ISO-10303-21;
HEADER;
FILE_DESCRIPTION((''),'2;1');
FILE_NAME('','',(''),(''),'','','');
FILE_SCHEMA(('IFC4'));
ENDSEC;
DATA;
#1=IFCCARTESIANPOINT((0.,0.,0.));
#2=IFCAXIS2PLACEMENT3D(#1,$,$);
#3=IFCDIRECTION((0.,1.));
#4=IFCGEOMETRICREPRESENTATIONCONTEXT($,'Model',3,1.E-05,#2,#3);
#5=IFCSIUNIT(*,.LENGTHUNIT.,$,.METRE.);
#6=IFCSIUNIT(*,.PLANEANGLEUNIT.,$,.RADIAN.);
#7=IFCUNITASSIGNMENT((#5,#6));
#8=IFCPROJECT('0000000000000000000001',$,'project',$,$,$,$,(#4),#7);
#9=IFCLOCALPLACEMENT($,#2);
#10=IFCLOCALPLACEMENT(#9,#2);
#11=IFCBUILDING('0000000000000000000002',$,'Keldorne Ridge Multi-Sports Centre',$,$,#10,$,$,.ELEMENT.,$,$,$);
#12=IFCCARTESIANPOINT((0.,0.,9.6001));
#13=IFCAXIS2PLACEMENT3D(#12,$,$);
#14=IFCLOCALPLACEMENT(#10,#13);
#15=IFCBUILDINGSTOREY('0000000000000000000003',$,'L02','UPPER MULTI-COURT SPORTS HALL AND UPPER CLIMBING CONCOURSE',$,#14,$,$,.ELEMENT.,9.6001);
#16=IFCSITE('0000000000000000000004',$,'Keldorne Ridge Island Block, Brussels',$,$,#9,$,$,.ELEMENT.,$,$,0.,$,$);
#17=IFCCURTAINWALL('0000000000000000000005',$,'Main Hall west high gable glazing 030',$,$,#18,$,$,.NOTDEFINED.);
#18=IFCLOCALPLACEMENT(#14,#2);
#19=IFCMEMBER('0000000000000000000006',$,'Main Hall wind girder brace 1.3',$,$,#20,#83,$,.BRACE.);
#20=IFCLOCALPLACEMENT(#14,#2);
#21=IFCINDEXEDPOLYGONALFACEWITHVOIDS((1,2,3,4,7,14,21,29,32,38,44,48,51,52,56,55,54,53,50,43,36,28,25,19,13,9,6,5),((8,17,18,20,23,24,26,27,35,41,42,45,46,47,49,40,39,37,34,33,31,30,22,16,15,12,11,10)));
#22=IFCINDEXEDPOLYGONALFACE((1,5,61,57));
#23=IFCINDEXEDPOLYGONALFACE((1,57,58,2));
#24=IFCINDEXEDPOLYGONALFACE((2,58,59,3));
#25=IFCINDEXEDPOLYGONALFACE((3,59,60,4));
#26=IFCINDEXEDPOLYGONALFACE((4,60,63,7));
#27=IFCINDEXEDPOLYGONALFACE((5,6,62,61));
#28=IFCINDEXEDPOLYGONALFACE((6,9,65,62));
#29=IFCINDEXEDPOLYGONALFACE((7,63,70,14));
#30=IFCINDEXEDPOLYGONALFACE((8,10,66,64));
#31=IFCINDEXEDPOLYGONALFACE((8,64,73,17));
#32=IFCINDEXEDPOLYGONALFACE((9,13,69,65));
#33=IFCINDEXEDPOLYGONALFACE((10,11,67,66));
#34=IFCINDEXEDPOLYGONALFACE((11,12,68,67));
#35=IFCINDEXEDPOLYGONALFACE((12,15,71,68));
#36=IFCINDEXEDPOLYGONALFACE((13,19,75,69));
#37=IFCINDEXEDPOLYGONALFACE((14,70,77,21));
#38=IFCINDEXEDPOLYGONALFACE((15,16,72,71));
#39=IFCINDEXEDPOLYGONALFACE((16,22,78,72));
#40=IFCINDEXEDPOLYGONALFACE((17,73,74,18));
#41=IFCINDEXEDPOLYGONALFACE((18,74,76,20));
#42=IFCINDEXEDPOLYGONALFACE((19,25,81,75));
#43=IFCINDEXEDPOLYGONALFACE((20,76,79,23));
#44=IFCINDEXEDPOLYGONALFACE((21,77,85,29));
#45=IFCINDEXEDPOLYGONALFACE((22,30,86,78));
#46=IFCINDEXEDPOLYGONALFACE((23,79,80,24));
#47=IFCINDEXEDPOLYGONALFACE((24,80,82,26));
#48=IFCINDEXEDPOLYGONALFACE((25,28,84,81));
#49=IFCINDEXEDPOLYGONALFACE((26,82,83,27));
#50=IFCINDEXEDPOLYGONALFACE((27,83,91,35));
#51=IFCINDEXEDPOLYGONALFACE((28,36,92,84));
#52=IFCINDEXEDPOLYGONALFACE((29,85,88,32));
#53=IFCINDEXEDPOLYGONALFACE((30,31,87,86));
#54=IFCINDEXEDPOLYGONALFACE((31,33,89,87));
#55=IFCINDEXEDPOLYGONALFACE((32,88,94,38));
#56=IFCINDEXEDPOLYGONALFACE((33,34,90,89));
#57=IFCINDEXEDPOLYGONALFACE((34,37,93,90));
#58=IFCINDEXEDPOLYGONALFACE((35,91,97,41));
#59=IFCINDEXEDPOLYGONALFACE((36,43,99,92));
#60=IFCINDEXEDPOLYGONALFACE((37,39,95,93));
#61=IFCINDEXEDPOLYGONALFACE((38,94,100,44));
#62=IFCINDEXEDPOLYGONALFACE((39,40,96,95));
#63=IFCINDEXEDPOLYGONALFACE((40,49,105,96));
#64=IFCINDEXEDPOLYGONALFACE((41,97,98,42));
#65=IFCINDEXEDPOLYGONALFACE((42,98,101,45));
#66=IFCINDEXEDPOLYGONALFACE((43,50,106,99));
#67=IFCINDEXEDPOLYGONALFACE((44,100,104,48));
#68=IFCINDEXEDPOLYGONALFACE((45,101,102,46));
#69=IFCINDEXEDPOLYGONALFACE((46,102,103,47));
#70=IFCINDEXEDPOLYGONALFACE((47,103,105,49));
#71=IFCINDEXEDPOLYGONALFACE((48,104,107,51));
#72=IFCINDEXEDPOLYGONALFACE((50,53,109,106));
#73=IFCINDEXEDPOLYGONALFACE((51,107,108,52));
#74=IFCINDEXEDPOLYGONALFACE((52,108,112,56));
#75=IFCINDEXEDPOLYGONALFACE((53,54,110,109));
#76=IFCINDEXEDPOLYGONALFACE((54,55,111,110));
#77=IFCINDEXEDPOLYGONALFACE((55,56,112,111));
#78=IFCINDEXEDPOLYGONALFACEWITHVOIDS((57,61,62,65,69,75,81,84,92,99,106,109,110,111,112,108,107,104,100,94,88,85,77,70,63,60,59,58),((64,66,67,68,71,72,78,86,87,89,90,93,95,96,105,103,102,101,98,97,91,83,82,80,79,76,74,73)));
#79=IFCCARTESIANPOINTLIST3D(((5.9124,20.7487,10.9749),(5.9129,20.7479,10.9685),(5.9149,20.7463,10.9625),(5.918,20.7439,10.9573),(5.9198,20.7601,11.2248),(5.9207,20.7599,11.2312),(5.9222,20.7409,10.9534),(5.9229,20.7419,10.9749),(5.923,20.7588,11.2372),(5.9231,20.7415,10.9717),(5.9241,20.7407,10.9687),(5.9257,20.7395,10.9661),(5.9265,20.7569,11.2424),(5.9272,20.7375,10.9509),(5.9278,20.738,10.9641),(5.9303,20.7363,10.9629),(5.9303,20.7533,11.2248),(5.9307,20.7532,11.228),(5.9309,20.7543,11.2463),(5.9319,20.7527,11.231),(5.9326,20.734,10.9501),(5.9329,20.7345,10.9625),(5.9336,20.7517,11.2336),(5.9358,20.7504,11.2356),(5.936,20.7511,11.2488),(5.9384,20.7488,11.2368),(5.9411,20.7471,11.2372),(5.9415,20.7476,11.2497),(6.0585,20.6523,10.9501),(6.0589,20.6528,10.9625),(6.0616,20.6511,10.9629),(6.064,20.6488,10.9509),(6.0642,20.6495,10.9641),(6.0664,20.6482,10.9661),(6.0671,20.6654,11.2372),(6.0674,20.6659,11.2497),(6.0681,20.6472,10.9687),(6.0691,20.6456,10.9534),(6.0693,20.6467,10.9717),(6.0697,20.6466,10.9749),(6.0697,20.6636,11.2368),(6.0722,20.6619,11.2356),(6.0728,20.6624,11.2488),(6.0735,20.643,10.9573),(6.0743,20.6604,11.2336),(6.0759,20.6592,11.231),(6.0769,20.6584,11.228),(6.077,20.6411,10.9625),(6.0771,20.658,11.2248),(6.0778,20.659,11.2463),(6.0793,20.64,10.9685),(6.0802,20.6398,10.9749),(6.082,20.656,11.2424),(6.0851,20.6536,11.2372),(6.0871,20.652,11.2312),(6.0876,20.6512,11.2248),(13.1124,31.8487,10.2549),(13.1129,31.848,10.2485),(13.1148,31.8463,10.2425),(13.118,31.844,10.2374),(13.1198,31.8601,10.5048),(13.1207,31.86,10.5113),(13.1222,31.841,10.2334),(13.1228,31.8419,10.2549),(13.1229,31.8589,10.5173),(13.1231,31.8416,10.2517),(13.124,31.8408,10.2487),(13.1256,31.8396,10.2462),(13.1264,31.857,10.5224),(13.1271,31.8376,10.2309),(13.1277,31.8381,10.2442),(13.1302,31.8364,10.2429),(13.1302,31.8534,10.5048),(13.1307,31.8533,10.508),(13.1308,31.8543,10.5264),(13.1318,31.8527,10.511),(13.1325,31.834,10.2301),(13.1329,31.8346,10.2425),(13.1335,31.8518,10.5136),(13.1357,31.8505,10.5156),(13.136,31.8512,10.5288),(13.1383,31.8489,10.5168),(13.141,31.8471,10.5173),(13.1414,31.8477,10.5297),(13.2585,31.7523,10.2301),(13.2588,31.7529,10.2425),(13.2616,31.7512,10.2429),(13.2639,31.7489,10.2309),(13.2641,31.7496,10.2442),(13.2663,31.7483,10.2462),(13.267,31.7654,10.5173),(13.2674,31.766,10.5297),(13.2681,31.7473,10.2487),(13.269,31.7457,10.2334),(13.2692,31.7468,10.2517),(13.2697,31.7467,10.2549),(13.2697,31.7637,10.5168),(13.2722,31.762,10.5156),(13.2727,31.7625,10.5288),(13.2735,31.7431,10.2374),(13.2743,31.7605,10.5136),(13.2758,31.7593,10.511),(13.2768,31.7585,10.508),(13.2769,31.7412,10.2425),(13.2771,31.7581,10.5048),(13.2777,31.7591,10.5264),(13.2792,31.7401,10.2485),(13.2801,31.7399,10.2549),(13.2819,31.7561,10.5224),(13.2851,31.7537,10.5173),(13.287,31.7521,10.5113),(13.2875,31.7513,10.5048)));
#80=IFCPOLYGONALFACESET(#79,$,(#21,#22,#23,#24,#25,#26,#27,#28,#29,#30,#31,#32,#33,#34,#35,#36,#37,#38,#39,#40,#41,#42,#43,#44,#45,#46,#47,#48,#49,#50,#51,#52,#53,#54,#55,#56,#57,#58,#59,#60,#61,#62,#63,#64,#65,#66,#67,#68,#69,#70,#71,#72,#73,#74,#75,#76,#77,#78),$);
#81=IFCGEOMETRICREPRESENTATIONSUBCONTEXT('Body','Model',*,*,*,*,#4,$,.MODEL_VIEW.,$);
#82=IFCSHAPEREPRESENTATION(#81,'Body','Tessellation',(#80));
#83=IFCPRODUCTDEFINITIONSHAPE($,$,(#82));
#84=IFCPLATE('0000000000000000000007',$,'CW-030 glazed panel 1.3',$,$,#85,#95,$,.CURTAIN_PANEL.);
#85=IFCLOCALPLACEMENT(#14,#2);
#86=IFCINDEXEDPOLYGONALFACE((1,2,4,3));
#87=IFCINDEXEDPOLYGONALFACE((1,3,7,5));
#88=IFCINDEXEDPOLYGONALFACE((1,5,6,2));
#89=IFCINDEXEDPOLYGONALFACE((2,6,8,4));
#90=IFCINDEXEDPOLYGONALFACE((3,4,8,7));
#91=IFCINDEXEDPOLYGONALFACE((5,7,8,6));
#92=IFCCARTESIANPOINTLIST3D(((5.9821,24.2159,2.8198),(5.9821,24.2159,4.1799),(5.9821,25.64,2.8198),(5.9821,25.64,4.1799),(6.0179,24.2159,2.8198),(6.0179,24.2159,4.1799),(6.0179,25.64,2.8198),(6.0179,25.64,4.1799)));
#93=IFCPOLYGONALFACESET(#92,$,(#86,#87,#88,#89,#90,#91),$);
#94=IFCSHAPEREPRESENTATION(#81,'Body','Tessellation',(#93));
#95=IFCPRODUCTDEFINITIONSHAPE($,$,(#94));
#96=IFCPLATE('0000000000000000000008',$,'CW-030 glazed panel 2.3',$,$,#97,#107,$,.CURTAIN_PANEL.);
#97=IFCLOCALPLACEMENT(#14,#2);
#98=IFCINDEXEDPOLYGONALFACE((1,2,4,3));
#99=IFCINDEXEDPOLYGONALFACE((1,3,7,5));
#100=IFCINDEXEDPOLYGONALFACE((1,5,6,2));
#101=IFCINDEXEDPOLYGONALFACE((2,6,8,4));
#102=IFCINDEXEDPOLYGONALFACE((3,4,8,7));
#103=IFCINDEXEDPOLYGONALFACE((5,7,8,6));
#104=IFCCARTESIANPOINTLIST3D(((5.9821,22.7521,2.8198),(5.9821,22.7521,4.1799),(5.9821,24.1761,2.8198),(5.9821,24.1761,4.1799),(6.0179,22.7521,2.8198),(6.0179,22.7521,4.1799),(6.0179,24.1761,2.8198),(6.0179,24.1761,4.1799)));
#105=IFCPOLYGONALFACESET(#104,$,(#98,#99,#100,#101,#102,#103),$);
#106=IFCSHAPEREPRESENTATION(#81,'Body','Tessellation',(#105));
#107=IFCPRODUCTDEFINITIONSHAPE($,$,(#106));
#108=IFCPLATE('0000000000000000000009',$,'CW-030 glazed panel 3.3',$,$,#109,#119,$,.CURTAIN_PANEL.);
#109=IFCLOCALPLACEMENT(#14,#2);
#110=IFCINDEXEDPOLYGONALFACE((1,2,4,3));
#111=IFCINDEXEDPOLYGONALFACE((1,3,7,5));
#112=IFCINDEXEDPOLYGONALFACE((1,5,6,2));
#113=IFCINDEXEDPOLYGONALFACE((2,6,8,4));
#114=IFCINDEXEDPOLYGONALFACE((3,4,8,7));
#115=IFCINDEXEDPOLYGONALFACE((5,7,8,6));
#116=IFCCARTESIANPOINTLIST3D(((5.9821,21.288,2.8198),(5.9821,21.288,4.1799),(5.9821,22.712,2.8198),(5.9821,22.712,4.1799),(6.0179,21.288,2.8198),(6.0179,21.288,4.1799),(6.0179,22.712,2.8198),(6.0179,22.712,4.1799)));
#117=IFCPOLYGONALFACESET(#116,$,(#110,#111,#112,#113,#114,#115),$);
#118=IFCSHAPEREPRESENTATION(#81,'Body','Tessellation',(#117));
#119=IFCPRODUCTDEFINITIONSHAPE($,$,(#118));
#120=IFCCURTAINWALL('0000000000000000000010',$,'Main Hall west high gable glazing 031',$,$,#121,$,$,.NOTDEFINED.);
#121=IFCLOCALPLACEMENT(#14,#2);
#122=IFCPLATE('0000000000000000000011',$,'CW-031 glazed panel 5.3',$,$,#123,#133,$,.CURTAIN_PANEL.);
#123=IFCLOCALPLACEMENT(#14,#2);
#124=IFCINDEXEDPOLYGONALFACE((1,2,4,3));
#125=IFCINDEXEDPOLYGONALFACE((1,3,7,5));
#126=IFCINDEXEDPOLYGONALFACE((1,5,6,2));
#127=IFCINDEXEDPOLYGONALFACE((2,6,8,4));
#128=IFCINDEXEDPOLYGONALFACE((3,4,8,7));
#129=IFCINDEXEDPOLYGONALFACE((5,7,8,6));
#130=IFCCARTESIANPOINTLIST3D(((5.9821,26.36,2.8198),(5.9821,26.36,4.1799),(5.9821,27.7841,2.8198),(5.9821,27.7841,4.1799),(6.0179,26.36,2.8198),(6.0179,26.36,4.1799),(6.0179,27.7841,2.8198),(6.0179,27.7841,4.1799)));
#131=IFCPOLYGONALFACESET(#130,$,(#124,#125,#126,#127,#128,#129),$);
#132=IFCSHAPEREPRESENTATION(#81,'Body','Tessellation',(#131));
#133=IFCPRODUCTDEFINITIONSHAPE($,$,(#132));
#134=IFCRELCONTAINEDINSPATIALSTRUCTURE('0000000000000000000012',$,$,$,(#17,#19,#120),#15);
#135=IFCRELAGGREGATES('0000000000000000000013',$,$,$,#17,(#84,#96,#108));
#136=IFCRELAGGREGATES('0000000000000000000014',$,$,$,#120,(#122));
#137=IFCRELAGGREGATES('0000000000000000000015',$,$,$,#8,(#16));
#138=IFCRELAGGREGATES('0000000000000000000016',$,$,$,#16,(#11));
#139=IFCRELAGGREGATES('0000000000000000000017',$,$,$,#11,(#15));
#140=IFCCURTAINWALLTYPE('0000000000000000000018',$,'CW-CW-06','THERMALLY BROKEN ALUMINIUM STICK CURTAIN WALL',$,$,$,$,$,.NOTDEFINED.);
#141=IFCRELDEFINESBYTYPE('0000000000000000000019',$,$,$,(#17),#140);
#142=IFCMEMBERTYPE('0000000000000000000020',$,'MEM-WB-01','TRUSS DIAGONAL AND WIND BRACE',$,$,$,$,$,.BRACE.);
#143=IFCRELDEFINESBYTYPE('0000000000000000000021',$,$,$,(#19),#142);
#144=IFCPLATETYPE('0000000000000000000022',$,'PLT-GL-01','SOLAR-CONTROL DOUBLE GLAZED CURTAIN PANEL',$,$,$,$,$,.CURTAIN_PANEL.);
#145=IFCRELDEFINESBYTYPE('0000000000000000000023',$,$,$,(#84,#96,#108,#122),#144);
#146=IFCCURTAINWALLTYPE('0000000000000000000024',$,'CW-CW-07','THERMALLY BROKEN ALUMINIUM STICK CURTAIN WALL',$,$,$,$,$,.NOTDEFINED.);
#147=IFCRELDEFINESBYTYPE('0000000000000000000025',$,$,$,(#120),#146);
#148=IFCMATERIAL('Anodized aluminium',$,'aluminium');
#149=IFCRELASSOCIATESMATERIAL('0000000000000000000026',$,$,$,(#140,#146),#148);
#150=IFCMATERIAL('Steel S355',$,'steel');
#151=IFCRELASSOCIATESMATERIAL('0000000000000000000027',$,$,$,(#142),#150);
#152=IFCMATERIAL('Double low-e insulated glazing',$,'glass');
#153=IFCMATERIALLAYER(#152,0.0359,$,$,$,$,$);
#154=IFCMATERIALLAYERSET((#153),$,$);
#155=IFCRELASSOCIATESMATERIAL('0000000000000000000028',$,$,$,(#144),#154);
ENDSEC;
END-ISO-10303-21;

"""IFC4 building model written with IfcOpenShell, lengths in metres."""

from ifc_helpers import new_model, si_unit, direction, frame, origin, origin_2d, place, context, subcontext, project, spatial, rectangle, hollow_rectangle, extrude, material, layer, layer_set, material_profile, profile_set, type_object, element, aggregate, save


model = new_model("IFC4")

# Units and contexts
model_context = context("Model", 3, precision=1e-05, world=origin(), true_north=direction((0.0, 1.0)))
body_context = subcontext(model_context, "Body", "Model", "MODEL_VIEW")
ifc_project = project(units=[si_unit("LENGTHUNIT", "METRE"), si_unit("PLANEANGLEUNIT", "RADIAN")], contexts=[model_context])

# Site, building, storey
site_placement = place(None, origin())
site = spatial("IfcSite", under=ifc_project, at=site_placement, Name="Keldorne Ridge Island Block, Brussels", CompositionType="ELEMENT", RefElevation=0.0)
building_placement = place(site_placement, origin())
building = spatial("IfcBuilding", under=site, at=building_placement, Name="Keldorne Ridge Multi-Sports Centre", CompositionType="ELEMENT")
storey_placement = place(building_placement, frame((0.0, 0.0, 9.6001)))
storey = spatial("IfcBuildingStorey", under=building, at=storey_placement, Name="L02", Description="UPPER MULTI-COURT SPORTS HALL AND UPPER CLIMBING CONCOURSE", CompositionType="ELEMENT", Elevation=9.6001)

# Shared definitions
ifc_material_1 = material(Name="Steel S355", Category="steel")

# Curtain wall
ifc_material_2 = material(Name="Anodized aluminium", Category="aluminium")
curtain_wall_type_1 = type_object("IfcCurtainWallType", Name="CW-CW-06", Description="THERMALLY BROKEN ALUMINIUM STICK CURTAIN WALL", PredefinedType="NOTDEFINED", material=ifc_material_2)
curtain_wall_1_placement = place(storey_placement, origin())
curtain_wall_1 = element("IfcCurtainWall", 1, at=curtain_wall_1_placement, inside=storey, type_object=curtain_wall_type_1, Name="Main Hall west high gable glazing 030", PredefinedType="NOTDEFINED")

# Member
ifc_material_profile_1 = material_profile(ifc_material_1, hollow_rectangle(XDim=0.2, YDim=0.3, WallThickness=0.0125, InnerFilletRadius=0.0125, OuterFilletRadius=0.0249, at=origin_2d()), Name="RHS 300x200x12.5")
ifc_profile_set_1 = profile_set([ifc_material_profile_1], Name="Steel S355")
member_type_1 = type_object("IfcMemberType", Name="MEM-WB-01", Description="TRUSS DIAGONAL AND WIND BRACE", PredefinedType="BRACE", material=ifc_profile_set_1)
member_1_placement = place(storey_placement, frame((6.0, 20.7, 11.0999), z_axis=(0.543381, 0.837726, -0.054336), x_axis=(-0.838965, 0.544185, 0.0)))
element("IfcMember", 2, at=member_1_placement, inside=storey, type_object=member_type_1, Name="Main Hall wind girder brace 1.3", PredefinedType="BRACE", context=body_context, shape_type="SweptSolid", body=[
    extrude(hollow_rectangle(XDim=0.2, YDim=0.3, WallThickness=0.0125, InnerFilletRadius=0.0125, OuterFilletRadius=0.0249, at=origin_2d()), origin(), (0.0, 0.0, 1.0), 13.2502),
])

# Plates
ifc_material_3 = material(Name="Double low-e insulated glazing", Category="glass")
ifc_layer = layer(ifc_material_3, 0.0359)
ifc_layer_set = layer_set([ifc_layer])
plate_type = type_object("IfcPlateType", Name="PLT-GL-01", Description="SOLAR-CONTROL DOUBLE GLAZED CURTAIN PANEL", PredefinedType="CURTAIN_PANEL", material=ifc_layer_set)
plate_1_placement = place(storey_placement, frame((6.0, 24.928, 2.8198), z_axis=(0.0, 0.0, 1.0), x_axis=(0.0, -1.0, 0.0)))
plate_1 = element("IfcPlate", 3, at=plate_1_placement, type_object=plate_type, Name="CW-030 glazed panel 1.3", PredefinedType="CURTAIN_PANEL", context=body_context, shape_type="SweptSolid", body=[
    extrude(rectangle(XDim=1.4241, YDim=0.0359, at=origin_2d()), origin(), (0.0, 0.0, 1.0), 1.3601),
])
plate_2_placement = place(storey_placement, frame((6.0, 23.4641, 2.8198), z_axis=(0.0, 0.0, 1.0), x_axis=(0.0, -1.0, 0.0)))
plate_2 = element("IfcPlate", 4, at=plate_2_placement, type_object=plate_type, Name="CW-030 glazed panel 2.3", PredefinedType="CURTAIN_PANEL", context=body_context, shape_type="SweptSolid", body=[
    extrude(rectangle(XDim=1.4241, YDim=0.0359, at=origin_2d()), origin(), (0.0, 0.0, 1.0), 1.3601),
])
plate_3_placement = place(storey_placement, frame((6.0, 22.0, 2.8198), z_axis=(0.0, 0.0, 1.0), x_axis=(0.0, -1.0, 0.0)))
plate_3 = element("IfcPlate", 5, at=plate_3_placement, type_object=plate_type, Name="CW-030 glazed panel 3.3", PredefinedType="CURTAIN_PANEL", context=body_context, shape_type="SweptSolid", body=[
    extrude(rectangle(XDim=1.4241, YDim=0.0359, at=origin_2d()), origin(), (0.0, 0.0, 1.0), 1.3601),
])
aggregate(curtain_wall_1, [plate_1, plate_2, plate_3])

# Curtain wall, plate
curtain_wall_type_2 = type_object("IfcCurtainWallType", Name="CW-CW-07", Description="THERMALLY BROKEN ALUMINIUM STICK CURTAIN WALL", PredefinedType="NOTDEFINED", material=ifc_material_2)
curtain_wall_2_placement = place(storey_placement, origin())
curtain_wall_2 = element("IfcCurtainWall", 6, at=curtain_wall_2_placement, inside=storey, type_object=curtain_wall_type_2, Name="Main Hall west high gable glazing 031", PredefinedType="NOTDEFINED")
plate_4_placement = place(storey_placement, frame((6.0, 27.072, 2.8198), z_axis=(0.0, 0.0, 1.0), x_axis=(0.0, -1.0, 0.0)))
plate_4 = element("IfcPlate", 7, at=plate_4_placement, type_object=plate_type, Name="CW-031 glazed panel 5.3", PredefinedType="CURTAIN_PANEL", context=body_context, shape_type="SweptSolid", body=[
    extrude(rectangle(XDim=1.4241, YDim=0.0359, at=origin_2d()), origin(), (0.0, 0.0, 1.0), 1.3601),
])
aggregate(curtain_wall_2, [plate_4])

save(model, "model.ifc")
